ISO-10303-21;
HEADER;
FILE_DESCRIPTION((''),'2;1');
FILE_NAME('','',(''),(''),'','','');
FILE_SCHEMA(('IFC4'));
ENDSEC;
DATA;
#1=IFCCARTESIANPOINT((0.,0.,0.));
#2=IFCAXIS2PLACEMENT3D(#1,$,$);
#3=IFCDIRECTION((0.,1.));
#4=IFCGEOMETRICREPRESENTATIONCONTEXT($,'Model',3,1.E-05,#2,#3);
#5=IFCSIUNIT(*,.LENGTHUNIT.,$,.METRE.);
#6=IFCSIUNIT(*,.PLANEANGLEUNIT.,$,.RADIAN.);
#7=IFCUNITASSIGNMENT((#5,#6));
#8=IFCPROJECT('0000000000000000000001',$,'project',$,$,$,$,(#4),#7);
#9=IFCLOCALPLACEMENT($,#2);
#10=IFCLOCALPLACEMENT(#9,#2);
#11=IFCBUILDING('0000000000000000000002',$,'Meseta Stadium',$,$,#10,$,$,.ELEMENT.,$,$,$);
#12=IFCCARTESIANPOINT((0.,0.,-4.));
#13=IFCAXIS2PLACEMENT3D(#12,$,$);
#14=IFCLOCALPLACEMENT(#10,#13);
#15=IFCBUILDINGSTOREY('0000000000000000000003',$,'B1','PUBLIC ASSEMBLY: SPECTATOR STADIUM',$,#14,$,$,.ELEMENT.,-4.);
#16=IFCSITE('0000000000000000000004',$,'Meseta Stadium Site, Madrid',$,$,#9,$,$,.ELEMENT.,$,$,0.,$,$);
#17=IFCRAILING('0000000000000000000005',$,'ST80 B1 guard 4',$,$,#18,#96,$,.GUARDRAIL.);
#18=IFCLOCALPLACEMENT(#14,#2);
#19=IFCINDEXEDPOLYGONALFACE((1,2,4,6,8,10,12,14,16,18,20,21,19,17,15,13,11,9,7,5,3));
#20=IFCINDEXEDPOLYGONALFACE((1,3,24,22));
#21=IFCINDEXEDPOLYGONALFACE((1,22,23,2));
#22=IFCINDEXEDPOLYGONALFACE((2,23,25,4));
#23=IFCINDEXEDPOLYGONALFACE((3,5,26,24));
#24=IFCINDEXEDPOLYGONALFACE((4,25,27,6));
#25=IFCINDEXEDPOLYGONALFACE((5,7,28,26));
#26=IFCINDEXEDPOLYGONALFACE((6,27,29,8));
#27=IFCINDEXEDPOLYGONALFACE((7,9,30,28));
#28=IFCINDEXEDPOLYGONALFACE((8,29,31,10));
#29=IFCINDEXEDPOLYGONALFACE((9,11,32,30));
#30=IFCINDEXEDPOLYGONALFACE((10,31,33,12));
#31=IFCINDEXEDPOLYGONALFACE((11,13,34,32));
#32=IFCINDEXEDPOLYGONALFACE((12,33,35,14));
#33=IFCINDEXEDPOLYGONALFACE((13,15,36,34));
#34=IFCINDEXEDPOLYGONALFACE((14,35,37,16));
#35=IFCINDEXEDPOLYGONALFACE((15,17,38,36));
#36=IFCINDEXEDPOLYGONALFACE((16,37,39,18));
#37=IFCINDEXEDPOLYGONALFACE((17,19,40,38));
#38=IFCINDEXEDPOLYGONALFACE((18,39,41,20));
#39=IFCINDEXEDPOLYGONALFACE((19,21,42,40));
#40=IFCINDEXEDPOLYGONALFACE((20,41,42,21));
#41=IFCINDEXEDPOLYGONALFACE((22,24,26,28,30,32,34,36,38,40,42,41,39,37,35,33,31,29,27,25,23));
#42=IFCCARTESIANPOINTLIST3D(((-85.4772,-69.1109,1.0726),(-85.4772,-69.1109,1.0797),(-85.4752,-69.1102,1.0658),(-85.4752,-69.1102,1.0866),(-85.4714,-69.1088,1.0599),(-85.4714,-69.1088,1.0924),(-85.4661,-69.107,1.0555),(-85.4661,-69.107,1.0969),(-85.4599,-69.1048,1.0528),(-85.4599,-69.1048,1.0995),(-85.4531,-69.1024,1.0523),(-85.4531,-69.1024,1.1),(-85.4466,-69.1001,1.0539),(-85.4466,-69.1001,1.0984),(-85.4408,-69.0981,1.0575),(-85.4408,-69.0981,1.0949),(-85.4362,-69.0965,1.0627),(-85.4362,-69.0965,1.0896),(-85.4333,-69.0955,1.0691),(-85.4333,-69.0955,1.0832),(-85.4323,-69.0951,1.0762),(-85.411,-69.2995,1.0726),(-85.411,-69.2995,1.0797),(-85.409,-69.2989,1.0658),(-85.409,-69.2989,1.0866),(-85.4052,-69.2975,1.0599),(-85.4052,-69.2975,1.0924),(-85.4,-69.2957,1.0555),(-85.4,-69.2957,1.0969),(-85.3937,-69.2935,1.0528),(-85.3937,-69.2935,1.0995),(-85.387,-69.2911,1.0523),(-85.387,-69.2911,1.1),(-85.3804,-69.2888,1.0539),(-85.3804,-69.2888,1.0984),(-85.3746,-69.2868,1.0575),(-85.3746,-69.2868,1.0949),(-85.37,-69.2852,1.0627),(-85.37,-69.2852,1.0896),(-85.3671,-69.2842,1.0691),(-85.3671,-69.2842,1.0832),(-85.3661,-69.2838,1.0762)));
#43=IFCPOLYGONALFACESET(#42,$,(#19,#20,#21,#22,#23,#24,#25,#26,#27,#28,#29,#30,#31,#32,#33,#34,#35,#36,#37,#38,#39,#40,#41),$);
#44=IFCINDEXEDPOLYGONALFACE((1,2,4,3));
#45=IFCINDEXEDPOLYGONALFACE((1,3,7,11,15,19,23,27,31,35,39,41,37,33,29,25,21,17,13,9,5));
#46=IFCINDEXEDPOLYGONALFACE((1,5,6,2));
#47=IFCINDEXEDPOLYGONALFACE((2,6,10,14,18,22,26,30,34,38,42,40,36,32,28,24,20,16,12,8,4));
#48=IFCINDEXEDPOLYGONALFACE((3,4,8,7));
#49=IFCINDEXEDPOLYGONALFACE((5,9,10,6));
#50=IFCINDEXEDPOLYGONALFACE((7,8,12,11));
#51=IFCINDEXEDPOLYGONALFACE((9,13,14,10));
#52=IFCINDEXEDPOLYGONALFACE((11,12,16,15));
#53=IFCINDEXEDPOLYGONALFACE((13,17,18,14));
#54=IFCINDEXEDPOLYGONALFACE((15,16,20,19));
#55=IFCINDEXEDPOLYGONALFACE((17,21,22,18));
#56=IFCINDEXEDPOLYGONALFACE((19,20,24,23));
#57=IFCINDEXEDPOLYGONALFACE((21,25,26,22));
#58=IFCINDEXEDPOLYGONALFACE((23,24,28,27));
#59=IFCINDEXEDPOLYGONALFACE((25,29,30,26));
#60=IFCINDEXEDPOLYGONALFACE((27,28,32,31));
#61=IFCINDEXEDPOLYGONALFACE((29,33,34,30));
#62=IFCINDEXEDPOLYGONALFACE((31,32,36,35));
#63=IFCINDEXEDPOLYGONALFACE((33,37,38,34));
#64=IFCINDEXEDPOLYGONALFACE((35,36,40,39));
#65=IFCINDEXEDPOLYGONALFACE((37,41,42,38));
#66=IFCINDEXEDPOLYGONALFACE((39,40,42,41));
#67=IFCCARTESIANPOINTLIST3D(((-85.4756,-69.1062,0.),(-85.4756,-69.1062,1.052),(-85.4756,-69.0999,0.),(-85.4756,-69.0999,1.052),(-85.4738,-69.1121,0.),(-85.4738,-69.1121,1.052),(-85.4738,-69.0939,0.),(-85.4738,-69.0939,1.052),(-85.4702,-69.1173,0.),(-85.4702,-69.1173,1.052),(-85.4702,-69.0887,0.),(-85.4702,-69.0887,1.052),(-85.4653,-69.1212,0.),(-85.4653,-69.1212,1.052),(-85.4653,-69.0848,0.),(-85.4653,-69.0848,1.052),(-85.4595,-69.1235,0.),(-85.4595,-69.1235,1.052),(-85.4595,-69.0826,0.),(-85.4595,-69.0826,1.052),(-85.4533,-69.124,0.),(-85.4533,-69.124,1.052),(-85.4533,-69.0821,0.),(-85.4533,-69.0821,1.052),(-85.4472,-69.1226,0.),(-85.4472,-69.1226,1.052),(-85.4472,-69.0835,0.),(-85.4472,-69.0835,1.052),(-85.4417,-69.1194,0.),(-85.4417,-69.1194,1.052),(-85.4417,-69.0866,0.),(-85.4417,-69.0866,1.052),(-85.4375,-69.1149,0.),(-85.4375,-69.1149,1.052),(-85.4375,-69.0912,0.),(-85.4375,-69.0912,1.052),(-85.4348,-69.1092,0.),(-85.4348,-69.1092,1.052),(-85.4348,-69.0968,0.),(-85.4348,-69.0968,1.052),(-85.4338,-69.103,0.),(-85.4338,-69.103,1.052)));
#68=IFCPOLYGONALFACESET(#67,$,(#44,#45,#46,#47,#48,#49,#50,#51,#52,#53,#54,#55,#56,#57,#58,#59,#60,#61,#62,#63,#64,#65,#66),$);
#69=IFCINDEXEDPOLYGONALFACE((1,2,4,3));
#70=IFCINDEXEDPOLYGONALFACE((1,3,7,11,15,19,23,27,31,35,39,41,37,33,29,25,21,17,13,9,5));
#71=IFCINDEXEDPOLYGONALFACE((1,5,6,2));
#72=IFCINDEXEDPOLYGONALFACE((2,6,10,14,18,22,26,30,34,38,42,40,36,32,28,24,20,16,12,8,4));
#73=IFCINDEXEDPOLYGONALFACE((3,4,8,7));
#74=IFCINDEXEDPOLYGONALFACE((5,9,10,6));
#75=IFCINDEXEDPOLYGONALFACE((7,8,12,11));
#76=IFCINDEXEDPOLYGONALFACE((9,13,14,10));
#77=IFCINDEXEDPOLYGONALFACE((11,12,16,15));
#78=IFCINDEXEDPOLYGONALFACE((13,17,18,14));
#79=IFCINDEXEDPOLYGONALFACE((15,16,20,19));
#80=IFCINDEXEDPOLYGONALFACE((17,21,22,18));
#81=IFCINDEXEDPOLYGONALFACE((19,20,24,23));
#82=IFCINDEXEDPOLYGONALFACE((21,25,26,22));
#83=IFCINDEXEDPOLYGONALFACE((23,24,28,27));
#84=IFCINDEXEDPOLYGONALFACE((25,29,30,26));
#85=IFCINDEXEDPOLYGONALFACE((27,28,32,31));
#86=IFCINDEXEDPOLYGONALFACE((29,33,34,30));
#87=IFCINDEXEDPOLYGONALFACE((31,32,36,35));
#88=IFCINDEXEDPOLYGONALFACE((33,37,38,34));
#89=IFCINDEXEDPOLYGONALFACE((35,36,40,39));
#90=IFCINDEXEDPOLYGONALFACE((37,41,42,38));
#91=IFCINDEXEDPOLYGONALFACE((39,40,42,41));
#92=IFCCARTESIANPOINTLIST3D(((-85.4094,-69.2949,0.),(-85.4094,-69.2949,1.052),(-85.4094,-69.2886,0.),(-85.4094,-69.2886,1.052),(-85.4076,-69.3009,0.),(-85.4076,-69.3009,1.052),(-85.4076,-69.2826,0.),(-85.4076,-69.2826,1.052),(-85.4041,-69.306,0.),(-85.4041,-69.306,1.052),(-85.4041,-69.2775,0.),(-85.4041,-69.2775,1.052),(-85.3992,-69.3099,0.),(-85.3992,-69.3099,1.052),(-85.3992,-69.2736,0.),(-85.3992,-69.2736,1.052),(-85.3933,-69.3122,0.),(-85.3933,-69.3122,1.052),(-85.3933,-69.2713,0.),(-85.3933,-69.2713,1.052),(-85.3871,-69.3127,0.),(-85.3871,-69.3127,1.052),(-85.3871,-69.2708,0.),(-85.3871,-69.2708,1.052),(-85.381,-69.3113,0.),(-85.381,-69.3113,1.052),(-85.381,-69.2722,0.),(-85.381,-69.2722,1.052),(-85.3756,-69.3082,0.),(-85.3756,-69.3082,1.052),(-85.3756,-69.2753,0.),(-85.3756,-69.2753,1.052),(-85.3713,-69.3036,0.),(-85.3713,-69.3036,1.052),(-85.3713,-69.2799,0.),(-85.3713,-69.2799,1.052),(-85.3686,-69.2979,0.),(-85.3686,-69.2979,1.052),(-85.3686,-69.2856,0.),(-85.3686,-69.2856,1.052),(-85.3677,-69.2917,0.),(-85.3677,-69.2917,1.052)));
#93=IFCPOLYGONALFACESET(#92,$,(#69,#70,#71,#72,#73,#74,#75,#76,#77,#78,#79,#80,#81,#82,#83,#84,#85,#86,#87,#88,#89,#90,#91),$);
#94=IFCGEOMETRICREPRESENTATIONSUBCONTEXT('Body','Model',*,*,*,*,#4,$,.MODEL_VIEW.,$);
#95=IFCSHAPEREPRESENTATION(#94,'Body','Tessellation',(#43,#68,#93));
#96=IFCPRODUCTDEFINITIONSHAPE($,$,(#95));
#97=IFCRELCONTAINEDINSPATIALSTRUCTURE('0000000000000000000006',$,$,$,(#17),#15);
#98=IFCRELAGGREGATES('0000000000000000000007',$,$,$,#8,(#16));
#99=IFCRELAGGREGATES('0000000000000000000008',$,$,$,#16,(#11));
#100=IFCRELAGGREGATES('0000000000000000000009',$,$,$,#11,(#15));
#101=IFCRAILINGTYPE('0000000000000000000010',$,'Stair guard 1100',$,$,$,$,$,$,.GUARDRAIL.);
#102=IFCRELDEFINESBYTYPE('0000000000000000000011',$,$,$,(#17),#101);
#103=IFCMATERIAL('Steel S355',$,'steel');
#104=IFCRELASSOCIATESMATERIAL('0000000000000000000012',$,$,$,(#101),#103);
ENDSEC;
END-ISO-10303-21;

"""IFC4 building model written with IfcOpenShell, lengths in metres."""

from ifc_helpers import new_model, si_unit, direction, frame, origin, origin_2d, place, context, subcontext, project, spatial, circle, extrude, material, type_object, element, save


model = new_model("IFC4")

# Units and contexts
model_context = context("Model", 3, precision=1e-05, world=origin(), true_north=direction((0.0, 1.0)))
body_context = subcontext(model_context, "Body", "Model", "MODEL_VIEW")
ifc_project = project(units=[si_unit("LENGTHUNIT", "METRE"), si_unit("PLANEANGLEUNIT", "RADIAN")], contexts=[model_context])

# Site, building, storey
site_placement = place(None, origin())
site = spatial("IfcSite", under=ifc_project, at=site_placement, Name="Meseta Stadium Site, Madrid", CompositionType="ELEMENT", RefElevation=0.0)
building_placement = place(site_placement, origin())
building = spatial("IfcBuilding", under=site, at=building_placement, Name="Meseta Stadium", CompositionType="ELEMENT")
storey_placement = place(building_placement, frame((0.0, 0.0, -4.0)))
storey = spatial("IfcBuildingStorey", under=building, at=storey_placement, Name="B1", Description="PUBLIC ASSEMBLY: SPECTATOR STADIUM", CompositionType="ELEMENT", Elevation=-4.0)

# Railing
ifc_material_1 = material(Name="Steel S355", Category="steel")
railing_type_1 = type_object("IfcRailingType", Name="Stair guard 1100", PredefinedType="GUARDRAIL", material=ifc_material_1)
railing_1_placement = place(storey_placement, frame((-85.4548, -69.103, 0.0)))
element("IfcRailing", 1, at=railing_1_placement, inside=storey, type_object=railing_type_1, Name="ST80 B1 guard 4", PredefinedType="GUARDRAIL", context=body_context, shape_type="SweptSolid", body=[
    extrude(circle(Radius=0.0239, at=origin_2d()), frame((0.0, 0.0, 1.0762), z_axis=(0.33084, -0.943687, 0.0), x_axis=(0.943687, 0.33084, 0.0)), (0.0, 0.0, 1.0), 0.2),
    extrude(circle(Radius=0.021, at=origin_2d()), origin(), (0.0, 0.0, 1.0), 1.052),
    extrude(circle(Radius=0.021, at=origin_2d()), frame((0.0662, -0.1887, 0.0)), (0.0, 0.0, 1.0), 1.052),
])

save(model, "model.ifc")
